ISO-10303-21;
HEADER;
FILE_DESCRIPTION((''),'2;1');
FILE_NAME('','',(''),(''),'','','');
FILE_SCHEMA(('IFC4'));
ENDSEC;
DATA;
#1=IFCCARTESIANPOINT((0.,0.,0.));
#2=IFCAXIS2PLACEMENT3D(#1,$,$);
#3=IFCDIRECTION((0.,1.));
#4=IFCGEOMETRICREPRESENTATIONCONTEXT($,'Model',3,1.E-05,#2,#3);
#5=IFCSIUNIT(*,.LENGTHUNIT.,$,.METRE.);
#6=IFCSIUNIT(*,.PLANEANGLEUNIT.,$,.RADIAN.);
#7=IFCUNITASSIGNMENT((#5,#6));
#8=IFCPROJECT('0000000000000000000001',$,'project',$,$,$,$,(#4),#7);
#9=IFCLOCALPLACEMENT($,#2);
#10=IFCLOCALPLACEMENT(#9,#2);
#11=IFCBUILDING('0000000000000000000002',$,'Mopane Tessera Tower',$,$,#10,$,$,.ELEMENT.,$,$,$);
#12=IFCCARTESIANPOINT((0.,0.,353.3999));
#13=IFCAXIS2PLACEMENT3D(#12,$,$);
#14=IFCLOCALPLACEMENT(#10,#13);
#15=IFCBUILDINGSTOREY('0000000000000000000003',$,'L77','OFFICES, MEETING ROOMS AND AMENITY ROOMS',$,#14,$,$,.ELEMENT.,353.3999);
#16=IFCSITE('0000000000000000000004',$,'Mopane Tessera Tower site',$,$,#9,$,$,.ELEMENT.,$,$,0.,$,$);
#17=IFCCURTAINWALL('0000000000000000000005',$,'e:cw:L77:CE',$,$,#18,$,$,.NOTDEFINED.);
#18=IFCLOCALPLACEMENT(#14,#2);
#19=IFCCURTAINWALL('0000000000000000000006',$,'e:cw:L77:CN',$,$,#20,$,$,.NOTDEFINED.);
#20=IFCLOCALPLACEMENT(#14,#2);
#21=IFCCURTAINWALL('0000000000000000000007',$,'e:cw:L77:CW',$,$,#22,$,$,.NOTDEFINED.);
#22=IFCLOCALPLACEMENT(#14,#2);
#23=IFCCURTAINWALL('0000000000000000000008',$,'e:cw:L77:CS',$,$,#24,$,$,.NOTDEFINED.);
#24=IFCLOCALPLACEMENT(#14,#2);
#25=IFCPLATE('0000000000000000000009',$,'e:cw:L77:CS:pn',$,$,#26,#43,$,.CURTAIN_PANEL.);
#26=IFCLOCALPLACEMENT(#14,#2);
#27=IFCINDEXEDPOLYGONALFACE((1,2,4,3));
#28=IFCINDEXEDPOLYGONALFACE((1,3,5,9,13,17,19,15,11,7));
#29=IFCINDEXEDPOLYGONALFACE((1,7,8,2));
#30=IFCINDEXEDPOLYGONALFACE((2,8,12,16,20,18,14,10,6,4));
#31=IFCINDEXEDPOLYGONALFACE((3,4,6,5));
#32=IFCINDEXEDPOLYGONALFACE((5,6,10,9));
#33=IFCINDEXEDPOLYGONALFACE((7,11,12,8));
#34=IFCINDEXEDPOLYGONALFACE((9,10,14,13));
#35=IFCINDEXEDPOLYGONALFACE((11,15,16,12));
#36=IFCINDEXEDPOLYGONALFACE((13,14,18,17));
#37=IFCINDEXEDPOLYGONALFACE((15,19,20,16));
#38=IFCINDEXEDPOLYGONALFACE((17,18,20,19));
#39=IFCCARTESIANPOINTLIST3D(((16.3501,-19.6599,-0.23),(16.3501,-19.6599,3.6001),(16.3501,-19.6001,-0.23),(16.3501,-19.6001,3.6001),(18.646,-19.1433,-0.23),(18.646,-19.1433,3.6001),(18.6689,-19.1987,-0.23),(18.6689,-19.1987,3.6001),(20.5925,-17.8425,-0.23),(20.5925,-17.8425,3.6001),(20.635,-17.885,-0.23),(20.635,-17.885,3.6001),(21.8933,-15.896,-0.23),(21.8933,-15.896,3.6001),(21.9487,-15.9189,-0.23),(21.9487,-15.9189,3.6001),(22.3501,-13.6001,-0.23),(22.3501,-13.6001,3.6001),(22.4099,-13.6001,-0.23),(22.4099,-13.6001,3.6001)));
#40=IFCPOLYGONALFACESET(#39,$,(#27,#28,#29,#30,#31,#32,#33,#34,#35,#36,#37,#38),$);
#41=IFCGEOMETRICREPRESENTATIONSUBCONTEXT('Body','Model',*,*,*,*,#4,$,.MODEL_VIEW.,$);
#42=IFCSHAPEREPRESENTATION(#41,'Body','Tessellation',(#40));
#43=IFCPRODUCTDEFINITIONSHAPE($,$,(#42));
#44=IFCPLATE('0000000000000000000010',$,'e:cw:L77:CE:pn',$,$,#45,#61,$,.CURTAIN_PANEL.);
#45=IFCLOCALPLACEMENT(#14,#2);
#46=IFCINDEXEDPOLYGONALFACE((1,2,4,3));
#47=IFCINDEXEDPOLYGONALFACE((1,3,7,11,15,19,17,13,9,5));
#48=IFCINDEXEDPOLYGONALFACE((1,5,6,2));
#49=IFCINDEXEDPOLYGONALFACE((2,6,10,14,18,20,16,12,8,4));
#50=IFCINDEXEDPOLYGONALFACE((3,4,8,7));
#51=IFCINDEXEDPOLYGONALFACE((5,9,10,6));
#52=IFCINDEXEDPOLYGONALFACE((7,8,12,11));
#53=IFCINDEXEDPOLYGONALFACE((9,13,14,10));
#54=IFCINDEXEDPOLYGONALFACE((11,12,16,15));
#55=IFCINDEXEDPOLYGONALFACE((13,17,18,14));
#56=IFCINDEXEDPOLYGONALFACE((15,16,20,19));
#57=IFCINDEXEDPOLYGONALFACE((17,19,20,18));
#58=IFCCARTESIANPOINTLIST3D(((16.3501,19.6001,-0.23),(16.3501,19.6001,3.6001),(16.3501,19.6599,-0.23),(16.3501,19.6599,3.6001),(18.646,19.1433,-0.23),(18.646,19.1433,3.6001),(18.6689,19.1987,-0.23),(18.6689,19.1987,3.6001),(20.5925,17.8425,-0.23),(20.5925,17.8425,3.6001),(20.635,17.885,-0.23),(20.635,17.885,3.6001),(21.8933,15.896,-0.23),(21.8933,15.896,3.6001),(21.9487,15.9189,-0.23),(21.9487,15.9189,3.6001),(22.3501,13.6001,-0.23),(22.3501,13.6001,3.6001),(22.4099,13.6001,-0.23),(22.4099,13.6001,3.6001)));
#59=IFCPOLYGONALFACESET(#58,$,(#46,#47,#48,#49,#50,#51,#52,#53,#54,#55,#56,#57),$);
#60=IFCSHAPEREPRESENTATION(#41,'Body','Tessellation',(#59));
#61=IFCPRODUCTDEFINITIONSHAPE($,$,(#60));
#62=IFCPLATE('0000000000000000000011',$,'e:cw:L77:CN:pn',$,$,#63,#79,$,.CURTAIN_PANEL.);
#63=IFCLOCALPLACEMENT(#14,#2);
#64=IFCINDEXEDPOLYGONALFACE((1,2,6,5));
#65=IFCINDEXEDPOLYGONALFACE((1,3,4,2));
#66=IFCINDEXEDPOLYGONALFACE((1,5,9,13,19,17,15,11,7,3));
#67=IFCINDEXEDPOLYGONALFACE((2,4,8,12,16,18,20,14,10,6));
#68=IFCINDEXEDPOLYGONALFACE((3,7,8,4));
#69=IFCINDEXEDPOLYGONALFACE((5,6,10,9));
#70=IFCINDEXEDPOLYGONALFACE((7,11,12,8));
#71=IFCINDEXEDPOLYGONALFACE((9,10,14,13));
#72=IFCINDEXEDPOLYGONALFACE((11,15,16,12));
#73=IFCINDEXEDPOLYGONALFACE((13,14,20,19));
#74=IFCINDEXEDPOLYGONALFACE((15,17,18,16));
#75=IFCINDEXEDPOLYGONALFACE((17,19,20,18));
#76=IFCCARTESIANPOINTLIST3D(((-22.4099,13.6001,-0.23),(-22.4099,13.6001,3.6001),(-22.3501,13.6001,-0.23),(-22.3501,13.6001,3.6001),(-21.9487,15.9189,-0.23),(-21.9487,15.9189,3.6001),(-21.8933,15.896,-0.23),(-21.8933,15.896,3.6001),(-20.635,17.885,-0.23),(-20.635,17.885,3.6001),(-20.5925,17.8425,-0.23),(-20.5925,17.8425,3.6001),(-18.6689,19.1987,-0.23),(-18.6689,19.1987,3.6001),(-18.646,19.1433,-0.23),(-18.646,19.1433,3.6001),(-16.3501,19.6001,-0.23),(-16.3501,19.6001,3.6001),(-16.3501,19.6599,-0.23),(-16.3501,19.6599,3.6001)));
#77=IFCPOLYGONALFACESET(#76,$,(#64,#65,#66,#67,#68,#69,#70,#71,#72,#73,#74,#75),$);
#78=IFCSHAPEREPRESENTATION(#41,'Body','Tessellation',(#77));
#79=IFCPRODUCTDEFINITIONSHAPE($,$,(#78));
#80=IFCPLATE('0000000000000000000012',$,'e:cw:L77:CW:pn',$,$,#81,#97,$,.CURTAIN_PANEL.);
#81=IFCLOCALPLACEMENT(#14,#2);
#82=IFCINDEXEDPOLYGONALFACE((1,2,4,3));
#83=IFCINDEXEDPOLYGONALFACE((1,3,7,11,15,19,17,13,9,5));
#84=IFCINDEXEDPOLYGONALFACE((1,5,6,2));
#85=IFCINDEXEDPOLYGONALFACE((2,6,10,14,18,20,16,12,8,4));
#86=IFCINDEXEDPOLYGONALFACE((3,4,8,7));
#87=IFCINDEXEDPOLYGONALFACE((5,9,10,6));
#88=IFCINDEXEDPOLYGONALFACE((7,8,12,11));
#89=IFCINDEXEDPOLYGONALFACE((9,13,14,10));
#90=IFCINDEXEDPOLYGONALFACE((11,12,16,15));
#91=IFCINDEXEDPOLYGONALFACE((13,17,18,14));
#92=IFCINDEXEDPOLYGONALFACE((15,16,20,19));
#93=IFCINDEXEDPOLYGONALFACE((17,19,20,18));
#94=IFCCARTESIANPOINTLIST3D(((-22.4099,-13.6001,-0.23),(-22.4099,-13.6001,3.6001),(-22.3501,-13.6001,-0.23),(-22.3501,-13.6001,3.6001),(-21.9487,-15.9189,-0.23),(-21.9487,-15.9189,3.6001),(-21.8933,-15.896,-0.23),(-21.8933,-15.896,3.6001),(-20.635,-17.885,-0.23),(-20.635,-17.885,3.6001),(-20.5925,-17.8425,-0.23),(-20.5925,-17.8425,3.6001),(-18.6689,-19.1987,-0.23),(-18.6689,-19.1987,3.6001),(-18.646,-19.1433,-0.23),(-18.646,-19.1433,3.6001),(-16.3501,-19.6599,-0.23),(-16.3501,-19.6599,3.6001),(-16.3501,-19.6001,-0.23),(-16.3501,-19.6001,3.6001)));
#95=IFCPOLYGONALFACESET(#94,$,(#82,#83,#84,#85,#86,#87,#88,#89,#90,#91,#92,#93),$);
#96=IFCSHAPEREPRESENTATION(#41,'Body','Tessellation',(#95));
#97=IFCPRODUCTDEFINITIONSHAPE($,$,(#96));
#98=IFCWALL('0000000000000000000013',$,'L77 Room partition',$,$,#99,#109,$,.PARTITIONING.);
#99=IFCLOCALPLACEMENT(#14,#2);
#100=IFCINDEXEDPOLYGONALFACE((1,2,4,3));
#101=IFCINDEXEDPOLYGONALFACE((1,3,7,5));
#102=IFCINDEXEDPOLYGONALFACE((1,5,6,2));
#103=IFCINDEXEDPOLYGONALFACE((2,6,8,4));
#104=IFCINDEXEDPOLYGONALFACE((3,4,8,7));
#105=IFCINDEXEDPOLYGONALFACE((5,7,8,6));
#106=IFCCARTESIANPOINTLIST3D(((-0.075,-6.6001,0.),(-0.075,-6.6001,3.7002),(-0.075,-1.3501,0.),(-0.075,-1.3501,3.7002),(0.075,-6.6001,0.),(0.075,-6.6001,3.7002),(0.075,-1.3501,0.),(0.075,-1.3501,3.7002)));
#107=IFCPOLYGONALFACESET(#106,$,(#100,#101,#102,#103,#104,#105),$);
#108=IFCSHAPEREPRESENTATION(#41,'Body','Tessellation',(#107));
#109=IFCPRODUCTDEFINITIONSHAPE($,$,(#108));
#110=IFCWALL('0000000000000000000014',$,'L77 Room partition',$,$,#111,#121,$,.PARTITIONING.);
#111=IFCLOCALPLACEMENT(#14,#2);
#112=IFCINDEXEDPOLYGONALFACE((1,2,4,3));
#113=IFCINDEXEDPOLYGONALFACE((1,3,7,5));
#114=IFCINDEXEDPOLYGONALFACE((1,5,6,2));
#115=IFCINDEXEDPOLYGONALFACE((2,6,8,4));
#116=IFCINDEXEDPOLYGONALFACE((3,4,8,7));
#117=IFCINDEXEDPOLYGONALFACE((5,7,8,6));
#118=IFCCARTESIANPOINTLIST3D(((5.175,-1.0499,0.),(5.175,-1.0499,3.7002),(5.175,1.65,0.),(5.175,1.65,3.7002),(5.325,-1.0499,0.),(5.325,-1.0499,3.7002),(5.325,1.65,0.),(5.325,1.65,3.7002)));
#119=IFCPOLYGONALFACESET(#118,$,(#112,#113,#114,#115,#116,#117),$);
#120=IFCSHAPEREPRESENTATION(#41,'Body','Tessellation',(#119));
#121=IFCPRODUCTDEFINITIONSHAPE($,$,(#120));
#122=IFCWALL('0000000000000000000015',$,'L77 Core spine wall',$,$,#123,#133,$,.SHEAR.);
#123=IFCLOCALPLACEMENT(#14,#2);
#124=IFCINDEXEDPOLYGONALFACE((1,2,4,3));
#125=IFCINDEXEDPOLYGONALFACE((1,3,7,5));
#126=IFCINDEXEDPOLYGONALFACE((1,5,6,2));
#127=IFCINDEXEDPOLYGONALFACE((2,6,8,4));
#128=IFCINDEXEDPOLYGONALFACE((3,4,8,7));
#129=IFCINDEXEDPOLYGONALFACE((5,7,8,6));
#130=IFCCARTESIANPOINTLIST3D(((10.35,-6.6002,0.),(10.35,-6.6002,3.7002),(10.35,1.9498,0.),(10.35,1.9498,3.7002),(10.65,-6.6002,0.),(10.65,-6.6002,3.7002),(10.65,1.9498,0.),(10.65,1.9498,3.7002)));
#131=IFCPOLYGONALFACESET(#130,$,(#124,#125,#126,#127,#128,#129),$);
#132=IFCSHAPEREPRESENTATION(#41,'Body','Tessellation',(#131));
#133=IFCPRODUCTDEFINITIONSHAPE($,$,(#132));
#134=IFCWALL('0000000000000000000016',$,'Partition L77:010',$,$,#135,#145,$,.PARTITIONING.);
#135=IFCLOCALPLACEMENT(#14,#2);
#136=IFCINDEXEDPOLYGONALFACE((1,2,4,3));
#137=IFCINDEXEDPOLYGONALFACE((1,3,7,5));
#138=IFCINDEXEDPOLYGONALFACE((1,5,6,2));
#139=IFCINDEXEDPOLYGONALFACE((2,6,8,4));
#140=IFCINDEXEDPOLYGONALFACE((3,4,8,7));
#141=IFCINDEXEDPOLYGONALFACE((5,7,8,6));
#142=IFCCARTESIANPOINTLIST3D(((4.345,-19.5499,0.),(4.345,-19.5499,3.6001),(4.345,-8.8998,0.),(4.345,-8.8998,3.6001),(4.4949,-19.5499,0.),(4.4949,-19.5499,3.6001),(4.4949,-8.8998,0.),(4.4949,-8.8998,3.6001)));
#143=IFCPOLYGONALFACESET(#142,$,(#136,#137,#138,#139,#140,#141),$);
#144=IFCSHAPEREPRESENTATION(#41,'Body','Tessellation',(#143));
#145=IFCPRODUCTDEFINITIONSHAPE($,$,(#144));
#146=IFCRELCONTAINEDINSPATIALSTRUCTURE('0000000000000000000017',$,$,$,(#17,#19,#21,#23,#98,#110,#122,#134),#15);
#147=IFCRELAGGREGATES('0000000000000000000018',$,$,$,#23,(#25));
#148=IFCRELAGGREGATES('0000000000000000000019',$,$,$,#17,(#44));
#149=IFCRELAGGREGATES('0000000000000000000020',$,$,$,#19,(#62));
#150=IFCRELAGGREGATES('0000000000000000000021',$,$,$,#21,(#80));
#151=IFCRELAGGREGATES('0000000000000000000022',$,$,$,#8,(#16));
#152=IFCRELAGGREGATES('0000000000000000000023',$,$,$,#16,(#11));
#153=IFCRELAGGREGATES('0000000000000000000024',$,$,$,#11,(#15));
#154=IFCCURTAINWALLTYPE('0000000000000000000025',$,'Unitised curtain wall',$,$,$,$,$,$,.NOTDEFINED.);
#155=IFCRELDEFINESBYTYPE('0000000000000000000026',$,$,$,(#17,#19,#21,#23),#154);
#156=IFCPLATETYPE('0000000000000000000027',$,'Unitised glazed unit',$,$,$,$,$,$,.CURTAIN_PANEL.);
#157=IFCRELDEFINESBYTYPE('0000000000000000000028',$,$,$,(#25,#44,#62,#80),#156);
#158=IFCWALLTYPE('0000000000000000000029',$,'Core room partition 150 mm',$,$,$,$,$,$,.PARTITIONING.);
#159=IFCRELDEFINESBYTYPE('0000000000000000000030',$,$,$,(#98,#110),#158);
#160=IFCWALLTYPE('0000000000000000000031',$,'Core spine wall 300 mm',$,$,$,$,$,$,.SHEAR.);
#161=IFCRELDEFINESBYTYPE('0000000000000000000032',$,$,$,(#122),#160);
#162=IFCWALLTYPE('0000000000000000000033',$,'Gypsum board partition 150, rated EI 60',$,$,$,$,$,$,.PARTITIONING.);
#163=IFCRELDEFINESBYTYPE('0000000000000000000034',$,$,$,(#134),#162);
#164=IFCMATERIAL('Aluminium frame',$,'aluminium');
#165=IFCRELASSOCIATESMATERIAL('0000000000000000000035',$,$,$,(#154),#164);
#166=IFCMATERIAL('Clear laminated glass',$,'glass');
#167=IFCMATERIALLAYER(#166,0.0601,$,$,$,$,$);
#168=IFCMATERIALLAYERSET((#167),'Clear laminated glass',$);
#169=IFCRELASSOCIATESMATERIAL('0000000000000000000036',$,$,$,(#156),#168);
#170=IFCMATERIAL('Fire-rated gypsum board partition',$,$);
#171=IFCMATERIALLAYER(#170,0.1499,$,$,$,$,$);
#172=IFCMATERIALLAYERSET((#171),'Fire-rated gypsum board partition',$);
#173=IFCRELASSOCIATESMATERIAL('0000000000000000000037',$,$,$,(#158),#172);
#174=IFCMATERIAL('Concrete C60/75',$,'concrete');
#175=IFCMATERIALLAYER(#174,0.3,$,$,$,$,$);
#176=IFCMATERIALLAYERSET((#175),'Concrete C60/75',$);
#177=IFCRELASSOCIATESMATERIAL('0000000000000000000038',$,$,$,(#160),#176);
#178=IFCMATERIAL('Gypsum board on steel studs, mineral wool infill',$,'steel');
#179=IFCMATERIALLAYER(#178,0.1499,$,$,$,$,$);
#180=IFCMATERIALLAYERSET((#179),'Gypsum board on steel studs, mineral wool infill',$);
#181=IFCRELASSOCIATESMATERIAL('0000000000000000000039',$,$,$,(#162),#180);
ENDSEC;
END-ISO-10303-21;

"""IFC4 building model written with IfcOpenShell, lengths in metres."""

from ifc_helpers import new_model, si_unit, direction, frame, frame_2d, origin, place, context, subcontext, project, spatial, polyline, rectangle, outline, extrude, material, layer, layer_set, type_object, element, aggregate, save


model = new_model("IFC4")

# Units and contexts
model_context = context("Model", 3, precision=1e-05, world=origin(), true_north=direction((0.0, 1.0)))
body_context = subcontext(model_context, "Body", "Model", "MODEL_VIEW")
ifc_project = project(units=[si_unit("LENGTHUNIT", "METRE"), si_unit("PLANEANGLEUNIT", "RADIAN")], contexts=[model_context])

# Site, building, storey
site_placement = place(None, origin())
site = spatial("IfcSite", under=ifc_project, at=site_placement, Name="Mopane Tessera Tower site", CompositionType="ELEMENT", RefElevation=0.0)
building_placement = place(site_placement, origin())
building = spatial("IfcBuilding", under=site, at=building_placement, Name="Mopane Tessera Tower", CompositionType="ELEMENT")
storey_placement = place(building_placement, frame((0.0, 0.0, 353.3999)))
storey = spatial("IfcBuildingStorey", under=building, at=storey_placement, Name="L77", Description="OFFICES, MEETING ROOMS AND AMENITY ROOMS", CompositionType="ELEMENT", Elevation=353.3999)

# Shared definitions
ifc_material_1 = material(Name="Aluminium frame", Category="aluminium")
curtain_wall_type = type_object("IfcCurtainWallType", Name="Unitised curtain wall", PredefinedType="NOTDEFINED", material=ifc_material_1)

# Curtain walls
curtain_wall_1_placement = place(storey_placement, origin())
curtain_wall_1 = element("IfcCurtainWall", 1, at=curtain_wall_1_placement, inside=storey, type_object=curtain_wall_type, Name="e:cw:L77:CE", PredefinedType="NOTDEFINED")
curtain_wall_2_placement = place(storey_placement, origin())
curtain_wall_2 = element("IfcCurtainWall", 2, at=curtain_wall_2_placement, inside=storey, type_object=curtain_wall_type, Name="e:cw:L77:CN", PredefinedType="NOTDEFINED")
curtain_wall_3_placement = place(storey_placement, origin())
curtain_wall_3 = element("IfcCurtainWall", 3, at=curtain_wall_3_placement, inside=storey, type_object=curtain_wall_type, Name="e:cw:L77:CW", PredefinedType="NOTDEFINED")

# Shared definitions
ifc_material_2 = material(Name="Clear laminated glass", Category="glass")
ifc_layer_1 = layer(ifc_material_2, 0.0601)
ifc_layer_set_1 = layer_set([ifc_layer_1], Name="Clear laminated glass")
plate_type = type_object("IfcPlateType", Name="Unitised glazed unit", PredefinedType="CURTAIN_PANEL", material=ifc_layer_set_1)

# Curtain wall, plate
curtain_wall_4_placement = place(storey_placement, origin())
curtain_wall_4 = element("IfcCurtainWall", 4, at=curtain_wall_4_placement, inside=storey, type_object=curtain_wall_type, Name="e:cw:L77:CS", PredefinedType="NOTDEFINED")
plate_1_placement = place(storey_placement, frame((0.0, 0.0, -0.23)))
plate_1 = element("IfcPlate", 5, at=plate_1_placement, type_object=plate_type, Name="e:cw:L77:CS:pn", PredefinedType="CURTAIN_PANEL", context=body_context, shape_type="SweptSolid", body=[
    extrude(outline(polyline([(16.3501, -19.6001), (18.646, -19.1433), (20.5925, -17.8425), (21.8933, -15.896), (22.3501, -13.6001), (22.4099, -13.6001), (21.9487, -15.9189), (20.635, -17.885), (18.6689, -19.1987), (16.3501, -19.6599), (16.3501, -19.6001)])), origin(), (0.0, 0.0, 1.0), 3.8301),
])
aggregate(curtain_wall_4, [plate_1])

# Plates
plate_2_placement = place(storey_placement, frame((0.0, 0.0, -0.23)))
plate_2 = element("IfcPlate", 6, at=plate_2_placement, type_object=plate_type, Name="e:cw:L77:CE:pn", PredefinedType="CURTAIN_PANEL", context=body_context, shape_type="SweptSolid", body=[
    extrude(outline(polyline([(22.3501, 13.6001), (21.8933, 15.896), (20.5925, 17.8425), (18.646, 19.1433), (16.3501, 19.6001), (16.3501, 19.6599), (18.6689, 19.1987), (20.635, 17.885), (21.9487, 15.9189), (22.4099, 13.6001), (22.3501, 13.6001)])), origin(), (0.0, 0.0, 1.0), 3.8301),
])
aggregate(curtain_wall_1, [plate_2])
plate_3_placement = place(storey_placement, frame((0.0, 0.0, -0.23)))
plate_3 = element("IfcPlate", 7, at=plate_3_placement, type_object=plate_type, Name="e:cw:L77:CN:pn", PredefinedType="CURTAIN_PANEL", context=body_context, shape_type="SweptSolid", body=[
    extrude(outline(polyline([(-16.3501, 19.6001), (-18.646, 19.1433), (-20.5925, 17.8425), (-21.8933, 15.896), (-22.3501, 13.6001), (-22.4099, 13.6001), (-21.9487, 15.9189), (-20.635, 17.885), (-18.6689, 19.1987), (-16.3501, 19.6599), (-16.3501, 19.6001)])), origin(), (0.0, 0.0, 1.0), 3.8301),
])
aggregate(curtain_wall_2, [plate_3])
plate_4_placement = place(storey_placement, frame((0.0, 0.0, -0.23)))
plate_4 = element("IfcPlate", 8, at=plate_4_placement, type_object=plate_type, Name="e:cw:L77:CW:pn", PredefinedType="CURTAIN_PANEL", context=body_context, shape_type="SweptSolid", body=[
    extrude(outline(polyline([(-22.3501, -13.6001), (-21.8933, -15.896), (-20.5925, -17.8425), (-18.646, -19.1433), (-16.3501, -19.6001), (-16.3501, -19.6599), (-18.6689, -19.1987), (-20.635, -17.885), (-21.9487, -15.9189), (-22.4099, -13.6001), (-22.3501, -13.6001)])), origin(), (0.0, 0.0, 1.0), 3.8301),
])
aggregate(curtain_wall_3, [plate_4])

# Walls
ifc_material_3 = material(Name="Fire-rated gypsum board partition")
ifc_layer_2 = layer(ifc_material_3, 0.1499)
ifc_layer_set_2 = layer_set([ifc_layer_2], Name="Fire-rated gypsum board partition")
wall_type_1 = type_object("IfcWallType", Name="Core room partition 150 mm", PredefinedType="PARTITIONING", material=ifc_layer_set_2)
wall_1_placement = place(storey_placement, frame((0.0, -6.6001, 0.0), z_axis=(0.0, 0.0, 1.0), x_axis=(0.0, 1.0, 0.0)))
element("IfcWall", 9, at=wall_1_placement, inside=storey, type_object=wall_type_1, Name="L77 Room partition", PredefinedType="PARTITIONING", context=body_context, shape_type="SweptSolid", body=[
    extrude(rectangle(XDim=5.25, YDim=0.1499, at=frame_2d((2.625, 0.0))), origin(), (0.0, 0.0, 1.0), 3.7002),
])
wall_2_placement = place(storey_placement, frame((5.25, -1.05, 0.0), z_axis=(0.0, 0.0, 1.0), x_axis=(0.0, 1.0, 0.0)))
element("IfcWall", 10, at=wall_2_placement, inside=storey, type_object=wall_type_1, Name="L77 Room partition", PredefinedType="PARTITIONING", context=body_context, shape_type="SweptSolid", body=[
    extrude(rectangle(XDim=2.7, YDim=0.1499, at=frame_2d((1.3501, 0.0))), origin(), (0.0, 0.0, 1.0), 3.7002),
])
ifc_material_4 = material(Name="Concrete C60/75", Category="concrete")
ifc_layer_3 = layer(ifc_material_4, 0.3)
ifc_layer_set_3 = layer_set([ifc_layer_3], Name="Concrete C60/75")
wall_type_2 = type_object("IfcWallType", Name="Core spine wall 300 mm", PredefinedType="SHEAR", material=ifc_layer_set_3)
wall_3_placement = place(storey_placement, frame((10.5, -6.6001, 0.0), z_axis=(0.0, 0.0, 1.0), x_axis=(0.0, 1.0, 0.0)))
element("IfcWall", 11, at=wall_3_placement, inside=storey, type_object=wall_type_2, Name="L77 Core spine wall", PredefinedType="SHEAR", context=body_context, shape_type="SweptSolid", body=[
    extrude(rectangle(XDim=8.55, YDim=0.3, at=frame_2d((4.2749, 0.0))), origin(), (0.0, 0.0, 1.0), 3.7002),
])
ifc_material_5 = material(Name="Gypsum board on steel studs, mineral wool infill", Category="steel")
ifc_layer_4 = layer(ifc_material_5, 0.1499)
ifc_layer_set_4 = layer_set([ifc_layer_4], Name="Gypsum board on steel studs, mineral wool infill")
wall_type_3 = type_object("IfcWallType", Name="Gypsum board partition 150, rated EI 60", PredefinedType="PARTITIONING", material=ifc_layer_set_4)
wall_4_placement = place(storey_placement, frame((4.4199, -19.55, 0.0), z_axis=(0.0, 0.0, 1.0), x_axis=(0.0, 1.0, 0.0)))
element("IfcWall", 12, at=wall_4_placement, inside=storey, type_object=wall_type_3, Name="Partition L77:010", PredefinedType="PARTITIONING", context=body_context, shape_type="SweptSolid", body=[
    extrude(rectangle(XDim=10.6501, YDim=0.1499, at=frame_2d((5.3252, 0.0))), origin(), (0.0, 0.0, 1.0), 3.6001),
])

save(model, "model.ifc")
